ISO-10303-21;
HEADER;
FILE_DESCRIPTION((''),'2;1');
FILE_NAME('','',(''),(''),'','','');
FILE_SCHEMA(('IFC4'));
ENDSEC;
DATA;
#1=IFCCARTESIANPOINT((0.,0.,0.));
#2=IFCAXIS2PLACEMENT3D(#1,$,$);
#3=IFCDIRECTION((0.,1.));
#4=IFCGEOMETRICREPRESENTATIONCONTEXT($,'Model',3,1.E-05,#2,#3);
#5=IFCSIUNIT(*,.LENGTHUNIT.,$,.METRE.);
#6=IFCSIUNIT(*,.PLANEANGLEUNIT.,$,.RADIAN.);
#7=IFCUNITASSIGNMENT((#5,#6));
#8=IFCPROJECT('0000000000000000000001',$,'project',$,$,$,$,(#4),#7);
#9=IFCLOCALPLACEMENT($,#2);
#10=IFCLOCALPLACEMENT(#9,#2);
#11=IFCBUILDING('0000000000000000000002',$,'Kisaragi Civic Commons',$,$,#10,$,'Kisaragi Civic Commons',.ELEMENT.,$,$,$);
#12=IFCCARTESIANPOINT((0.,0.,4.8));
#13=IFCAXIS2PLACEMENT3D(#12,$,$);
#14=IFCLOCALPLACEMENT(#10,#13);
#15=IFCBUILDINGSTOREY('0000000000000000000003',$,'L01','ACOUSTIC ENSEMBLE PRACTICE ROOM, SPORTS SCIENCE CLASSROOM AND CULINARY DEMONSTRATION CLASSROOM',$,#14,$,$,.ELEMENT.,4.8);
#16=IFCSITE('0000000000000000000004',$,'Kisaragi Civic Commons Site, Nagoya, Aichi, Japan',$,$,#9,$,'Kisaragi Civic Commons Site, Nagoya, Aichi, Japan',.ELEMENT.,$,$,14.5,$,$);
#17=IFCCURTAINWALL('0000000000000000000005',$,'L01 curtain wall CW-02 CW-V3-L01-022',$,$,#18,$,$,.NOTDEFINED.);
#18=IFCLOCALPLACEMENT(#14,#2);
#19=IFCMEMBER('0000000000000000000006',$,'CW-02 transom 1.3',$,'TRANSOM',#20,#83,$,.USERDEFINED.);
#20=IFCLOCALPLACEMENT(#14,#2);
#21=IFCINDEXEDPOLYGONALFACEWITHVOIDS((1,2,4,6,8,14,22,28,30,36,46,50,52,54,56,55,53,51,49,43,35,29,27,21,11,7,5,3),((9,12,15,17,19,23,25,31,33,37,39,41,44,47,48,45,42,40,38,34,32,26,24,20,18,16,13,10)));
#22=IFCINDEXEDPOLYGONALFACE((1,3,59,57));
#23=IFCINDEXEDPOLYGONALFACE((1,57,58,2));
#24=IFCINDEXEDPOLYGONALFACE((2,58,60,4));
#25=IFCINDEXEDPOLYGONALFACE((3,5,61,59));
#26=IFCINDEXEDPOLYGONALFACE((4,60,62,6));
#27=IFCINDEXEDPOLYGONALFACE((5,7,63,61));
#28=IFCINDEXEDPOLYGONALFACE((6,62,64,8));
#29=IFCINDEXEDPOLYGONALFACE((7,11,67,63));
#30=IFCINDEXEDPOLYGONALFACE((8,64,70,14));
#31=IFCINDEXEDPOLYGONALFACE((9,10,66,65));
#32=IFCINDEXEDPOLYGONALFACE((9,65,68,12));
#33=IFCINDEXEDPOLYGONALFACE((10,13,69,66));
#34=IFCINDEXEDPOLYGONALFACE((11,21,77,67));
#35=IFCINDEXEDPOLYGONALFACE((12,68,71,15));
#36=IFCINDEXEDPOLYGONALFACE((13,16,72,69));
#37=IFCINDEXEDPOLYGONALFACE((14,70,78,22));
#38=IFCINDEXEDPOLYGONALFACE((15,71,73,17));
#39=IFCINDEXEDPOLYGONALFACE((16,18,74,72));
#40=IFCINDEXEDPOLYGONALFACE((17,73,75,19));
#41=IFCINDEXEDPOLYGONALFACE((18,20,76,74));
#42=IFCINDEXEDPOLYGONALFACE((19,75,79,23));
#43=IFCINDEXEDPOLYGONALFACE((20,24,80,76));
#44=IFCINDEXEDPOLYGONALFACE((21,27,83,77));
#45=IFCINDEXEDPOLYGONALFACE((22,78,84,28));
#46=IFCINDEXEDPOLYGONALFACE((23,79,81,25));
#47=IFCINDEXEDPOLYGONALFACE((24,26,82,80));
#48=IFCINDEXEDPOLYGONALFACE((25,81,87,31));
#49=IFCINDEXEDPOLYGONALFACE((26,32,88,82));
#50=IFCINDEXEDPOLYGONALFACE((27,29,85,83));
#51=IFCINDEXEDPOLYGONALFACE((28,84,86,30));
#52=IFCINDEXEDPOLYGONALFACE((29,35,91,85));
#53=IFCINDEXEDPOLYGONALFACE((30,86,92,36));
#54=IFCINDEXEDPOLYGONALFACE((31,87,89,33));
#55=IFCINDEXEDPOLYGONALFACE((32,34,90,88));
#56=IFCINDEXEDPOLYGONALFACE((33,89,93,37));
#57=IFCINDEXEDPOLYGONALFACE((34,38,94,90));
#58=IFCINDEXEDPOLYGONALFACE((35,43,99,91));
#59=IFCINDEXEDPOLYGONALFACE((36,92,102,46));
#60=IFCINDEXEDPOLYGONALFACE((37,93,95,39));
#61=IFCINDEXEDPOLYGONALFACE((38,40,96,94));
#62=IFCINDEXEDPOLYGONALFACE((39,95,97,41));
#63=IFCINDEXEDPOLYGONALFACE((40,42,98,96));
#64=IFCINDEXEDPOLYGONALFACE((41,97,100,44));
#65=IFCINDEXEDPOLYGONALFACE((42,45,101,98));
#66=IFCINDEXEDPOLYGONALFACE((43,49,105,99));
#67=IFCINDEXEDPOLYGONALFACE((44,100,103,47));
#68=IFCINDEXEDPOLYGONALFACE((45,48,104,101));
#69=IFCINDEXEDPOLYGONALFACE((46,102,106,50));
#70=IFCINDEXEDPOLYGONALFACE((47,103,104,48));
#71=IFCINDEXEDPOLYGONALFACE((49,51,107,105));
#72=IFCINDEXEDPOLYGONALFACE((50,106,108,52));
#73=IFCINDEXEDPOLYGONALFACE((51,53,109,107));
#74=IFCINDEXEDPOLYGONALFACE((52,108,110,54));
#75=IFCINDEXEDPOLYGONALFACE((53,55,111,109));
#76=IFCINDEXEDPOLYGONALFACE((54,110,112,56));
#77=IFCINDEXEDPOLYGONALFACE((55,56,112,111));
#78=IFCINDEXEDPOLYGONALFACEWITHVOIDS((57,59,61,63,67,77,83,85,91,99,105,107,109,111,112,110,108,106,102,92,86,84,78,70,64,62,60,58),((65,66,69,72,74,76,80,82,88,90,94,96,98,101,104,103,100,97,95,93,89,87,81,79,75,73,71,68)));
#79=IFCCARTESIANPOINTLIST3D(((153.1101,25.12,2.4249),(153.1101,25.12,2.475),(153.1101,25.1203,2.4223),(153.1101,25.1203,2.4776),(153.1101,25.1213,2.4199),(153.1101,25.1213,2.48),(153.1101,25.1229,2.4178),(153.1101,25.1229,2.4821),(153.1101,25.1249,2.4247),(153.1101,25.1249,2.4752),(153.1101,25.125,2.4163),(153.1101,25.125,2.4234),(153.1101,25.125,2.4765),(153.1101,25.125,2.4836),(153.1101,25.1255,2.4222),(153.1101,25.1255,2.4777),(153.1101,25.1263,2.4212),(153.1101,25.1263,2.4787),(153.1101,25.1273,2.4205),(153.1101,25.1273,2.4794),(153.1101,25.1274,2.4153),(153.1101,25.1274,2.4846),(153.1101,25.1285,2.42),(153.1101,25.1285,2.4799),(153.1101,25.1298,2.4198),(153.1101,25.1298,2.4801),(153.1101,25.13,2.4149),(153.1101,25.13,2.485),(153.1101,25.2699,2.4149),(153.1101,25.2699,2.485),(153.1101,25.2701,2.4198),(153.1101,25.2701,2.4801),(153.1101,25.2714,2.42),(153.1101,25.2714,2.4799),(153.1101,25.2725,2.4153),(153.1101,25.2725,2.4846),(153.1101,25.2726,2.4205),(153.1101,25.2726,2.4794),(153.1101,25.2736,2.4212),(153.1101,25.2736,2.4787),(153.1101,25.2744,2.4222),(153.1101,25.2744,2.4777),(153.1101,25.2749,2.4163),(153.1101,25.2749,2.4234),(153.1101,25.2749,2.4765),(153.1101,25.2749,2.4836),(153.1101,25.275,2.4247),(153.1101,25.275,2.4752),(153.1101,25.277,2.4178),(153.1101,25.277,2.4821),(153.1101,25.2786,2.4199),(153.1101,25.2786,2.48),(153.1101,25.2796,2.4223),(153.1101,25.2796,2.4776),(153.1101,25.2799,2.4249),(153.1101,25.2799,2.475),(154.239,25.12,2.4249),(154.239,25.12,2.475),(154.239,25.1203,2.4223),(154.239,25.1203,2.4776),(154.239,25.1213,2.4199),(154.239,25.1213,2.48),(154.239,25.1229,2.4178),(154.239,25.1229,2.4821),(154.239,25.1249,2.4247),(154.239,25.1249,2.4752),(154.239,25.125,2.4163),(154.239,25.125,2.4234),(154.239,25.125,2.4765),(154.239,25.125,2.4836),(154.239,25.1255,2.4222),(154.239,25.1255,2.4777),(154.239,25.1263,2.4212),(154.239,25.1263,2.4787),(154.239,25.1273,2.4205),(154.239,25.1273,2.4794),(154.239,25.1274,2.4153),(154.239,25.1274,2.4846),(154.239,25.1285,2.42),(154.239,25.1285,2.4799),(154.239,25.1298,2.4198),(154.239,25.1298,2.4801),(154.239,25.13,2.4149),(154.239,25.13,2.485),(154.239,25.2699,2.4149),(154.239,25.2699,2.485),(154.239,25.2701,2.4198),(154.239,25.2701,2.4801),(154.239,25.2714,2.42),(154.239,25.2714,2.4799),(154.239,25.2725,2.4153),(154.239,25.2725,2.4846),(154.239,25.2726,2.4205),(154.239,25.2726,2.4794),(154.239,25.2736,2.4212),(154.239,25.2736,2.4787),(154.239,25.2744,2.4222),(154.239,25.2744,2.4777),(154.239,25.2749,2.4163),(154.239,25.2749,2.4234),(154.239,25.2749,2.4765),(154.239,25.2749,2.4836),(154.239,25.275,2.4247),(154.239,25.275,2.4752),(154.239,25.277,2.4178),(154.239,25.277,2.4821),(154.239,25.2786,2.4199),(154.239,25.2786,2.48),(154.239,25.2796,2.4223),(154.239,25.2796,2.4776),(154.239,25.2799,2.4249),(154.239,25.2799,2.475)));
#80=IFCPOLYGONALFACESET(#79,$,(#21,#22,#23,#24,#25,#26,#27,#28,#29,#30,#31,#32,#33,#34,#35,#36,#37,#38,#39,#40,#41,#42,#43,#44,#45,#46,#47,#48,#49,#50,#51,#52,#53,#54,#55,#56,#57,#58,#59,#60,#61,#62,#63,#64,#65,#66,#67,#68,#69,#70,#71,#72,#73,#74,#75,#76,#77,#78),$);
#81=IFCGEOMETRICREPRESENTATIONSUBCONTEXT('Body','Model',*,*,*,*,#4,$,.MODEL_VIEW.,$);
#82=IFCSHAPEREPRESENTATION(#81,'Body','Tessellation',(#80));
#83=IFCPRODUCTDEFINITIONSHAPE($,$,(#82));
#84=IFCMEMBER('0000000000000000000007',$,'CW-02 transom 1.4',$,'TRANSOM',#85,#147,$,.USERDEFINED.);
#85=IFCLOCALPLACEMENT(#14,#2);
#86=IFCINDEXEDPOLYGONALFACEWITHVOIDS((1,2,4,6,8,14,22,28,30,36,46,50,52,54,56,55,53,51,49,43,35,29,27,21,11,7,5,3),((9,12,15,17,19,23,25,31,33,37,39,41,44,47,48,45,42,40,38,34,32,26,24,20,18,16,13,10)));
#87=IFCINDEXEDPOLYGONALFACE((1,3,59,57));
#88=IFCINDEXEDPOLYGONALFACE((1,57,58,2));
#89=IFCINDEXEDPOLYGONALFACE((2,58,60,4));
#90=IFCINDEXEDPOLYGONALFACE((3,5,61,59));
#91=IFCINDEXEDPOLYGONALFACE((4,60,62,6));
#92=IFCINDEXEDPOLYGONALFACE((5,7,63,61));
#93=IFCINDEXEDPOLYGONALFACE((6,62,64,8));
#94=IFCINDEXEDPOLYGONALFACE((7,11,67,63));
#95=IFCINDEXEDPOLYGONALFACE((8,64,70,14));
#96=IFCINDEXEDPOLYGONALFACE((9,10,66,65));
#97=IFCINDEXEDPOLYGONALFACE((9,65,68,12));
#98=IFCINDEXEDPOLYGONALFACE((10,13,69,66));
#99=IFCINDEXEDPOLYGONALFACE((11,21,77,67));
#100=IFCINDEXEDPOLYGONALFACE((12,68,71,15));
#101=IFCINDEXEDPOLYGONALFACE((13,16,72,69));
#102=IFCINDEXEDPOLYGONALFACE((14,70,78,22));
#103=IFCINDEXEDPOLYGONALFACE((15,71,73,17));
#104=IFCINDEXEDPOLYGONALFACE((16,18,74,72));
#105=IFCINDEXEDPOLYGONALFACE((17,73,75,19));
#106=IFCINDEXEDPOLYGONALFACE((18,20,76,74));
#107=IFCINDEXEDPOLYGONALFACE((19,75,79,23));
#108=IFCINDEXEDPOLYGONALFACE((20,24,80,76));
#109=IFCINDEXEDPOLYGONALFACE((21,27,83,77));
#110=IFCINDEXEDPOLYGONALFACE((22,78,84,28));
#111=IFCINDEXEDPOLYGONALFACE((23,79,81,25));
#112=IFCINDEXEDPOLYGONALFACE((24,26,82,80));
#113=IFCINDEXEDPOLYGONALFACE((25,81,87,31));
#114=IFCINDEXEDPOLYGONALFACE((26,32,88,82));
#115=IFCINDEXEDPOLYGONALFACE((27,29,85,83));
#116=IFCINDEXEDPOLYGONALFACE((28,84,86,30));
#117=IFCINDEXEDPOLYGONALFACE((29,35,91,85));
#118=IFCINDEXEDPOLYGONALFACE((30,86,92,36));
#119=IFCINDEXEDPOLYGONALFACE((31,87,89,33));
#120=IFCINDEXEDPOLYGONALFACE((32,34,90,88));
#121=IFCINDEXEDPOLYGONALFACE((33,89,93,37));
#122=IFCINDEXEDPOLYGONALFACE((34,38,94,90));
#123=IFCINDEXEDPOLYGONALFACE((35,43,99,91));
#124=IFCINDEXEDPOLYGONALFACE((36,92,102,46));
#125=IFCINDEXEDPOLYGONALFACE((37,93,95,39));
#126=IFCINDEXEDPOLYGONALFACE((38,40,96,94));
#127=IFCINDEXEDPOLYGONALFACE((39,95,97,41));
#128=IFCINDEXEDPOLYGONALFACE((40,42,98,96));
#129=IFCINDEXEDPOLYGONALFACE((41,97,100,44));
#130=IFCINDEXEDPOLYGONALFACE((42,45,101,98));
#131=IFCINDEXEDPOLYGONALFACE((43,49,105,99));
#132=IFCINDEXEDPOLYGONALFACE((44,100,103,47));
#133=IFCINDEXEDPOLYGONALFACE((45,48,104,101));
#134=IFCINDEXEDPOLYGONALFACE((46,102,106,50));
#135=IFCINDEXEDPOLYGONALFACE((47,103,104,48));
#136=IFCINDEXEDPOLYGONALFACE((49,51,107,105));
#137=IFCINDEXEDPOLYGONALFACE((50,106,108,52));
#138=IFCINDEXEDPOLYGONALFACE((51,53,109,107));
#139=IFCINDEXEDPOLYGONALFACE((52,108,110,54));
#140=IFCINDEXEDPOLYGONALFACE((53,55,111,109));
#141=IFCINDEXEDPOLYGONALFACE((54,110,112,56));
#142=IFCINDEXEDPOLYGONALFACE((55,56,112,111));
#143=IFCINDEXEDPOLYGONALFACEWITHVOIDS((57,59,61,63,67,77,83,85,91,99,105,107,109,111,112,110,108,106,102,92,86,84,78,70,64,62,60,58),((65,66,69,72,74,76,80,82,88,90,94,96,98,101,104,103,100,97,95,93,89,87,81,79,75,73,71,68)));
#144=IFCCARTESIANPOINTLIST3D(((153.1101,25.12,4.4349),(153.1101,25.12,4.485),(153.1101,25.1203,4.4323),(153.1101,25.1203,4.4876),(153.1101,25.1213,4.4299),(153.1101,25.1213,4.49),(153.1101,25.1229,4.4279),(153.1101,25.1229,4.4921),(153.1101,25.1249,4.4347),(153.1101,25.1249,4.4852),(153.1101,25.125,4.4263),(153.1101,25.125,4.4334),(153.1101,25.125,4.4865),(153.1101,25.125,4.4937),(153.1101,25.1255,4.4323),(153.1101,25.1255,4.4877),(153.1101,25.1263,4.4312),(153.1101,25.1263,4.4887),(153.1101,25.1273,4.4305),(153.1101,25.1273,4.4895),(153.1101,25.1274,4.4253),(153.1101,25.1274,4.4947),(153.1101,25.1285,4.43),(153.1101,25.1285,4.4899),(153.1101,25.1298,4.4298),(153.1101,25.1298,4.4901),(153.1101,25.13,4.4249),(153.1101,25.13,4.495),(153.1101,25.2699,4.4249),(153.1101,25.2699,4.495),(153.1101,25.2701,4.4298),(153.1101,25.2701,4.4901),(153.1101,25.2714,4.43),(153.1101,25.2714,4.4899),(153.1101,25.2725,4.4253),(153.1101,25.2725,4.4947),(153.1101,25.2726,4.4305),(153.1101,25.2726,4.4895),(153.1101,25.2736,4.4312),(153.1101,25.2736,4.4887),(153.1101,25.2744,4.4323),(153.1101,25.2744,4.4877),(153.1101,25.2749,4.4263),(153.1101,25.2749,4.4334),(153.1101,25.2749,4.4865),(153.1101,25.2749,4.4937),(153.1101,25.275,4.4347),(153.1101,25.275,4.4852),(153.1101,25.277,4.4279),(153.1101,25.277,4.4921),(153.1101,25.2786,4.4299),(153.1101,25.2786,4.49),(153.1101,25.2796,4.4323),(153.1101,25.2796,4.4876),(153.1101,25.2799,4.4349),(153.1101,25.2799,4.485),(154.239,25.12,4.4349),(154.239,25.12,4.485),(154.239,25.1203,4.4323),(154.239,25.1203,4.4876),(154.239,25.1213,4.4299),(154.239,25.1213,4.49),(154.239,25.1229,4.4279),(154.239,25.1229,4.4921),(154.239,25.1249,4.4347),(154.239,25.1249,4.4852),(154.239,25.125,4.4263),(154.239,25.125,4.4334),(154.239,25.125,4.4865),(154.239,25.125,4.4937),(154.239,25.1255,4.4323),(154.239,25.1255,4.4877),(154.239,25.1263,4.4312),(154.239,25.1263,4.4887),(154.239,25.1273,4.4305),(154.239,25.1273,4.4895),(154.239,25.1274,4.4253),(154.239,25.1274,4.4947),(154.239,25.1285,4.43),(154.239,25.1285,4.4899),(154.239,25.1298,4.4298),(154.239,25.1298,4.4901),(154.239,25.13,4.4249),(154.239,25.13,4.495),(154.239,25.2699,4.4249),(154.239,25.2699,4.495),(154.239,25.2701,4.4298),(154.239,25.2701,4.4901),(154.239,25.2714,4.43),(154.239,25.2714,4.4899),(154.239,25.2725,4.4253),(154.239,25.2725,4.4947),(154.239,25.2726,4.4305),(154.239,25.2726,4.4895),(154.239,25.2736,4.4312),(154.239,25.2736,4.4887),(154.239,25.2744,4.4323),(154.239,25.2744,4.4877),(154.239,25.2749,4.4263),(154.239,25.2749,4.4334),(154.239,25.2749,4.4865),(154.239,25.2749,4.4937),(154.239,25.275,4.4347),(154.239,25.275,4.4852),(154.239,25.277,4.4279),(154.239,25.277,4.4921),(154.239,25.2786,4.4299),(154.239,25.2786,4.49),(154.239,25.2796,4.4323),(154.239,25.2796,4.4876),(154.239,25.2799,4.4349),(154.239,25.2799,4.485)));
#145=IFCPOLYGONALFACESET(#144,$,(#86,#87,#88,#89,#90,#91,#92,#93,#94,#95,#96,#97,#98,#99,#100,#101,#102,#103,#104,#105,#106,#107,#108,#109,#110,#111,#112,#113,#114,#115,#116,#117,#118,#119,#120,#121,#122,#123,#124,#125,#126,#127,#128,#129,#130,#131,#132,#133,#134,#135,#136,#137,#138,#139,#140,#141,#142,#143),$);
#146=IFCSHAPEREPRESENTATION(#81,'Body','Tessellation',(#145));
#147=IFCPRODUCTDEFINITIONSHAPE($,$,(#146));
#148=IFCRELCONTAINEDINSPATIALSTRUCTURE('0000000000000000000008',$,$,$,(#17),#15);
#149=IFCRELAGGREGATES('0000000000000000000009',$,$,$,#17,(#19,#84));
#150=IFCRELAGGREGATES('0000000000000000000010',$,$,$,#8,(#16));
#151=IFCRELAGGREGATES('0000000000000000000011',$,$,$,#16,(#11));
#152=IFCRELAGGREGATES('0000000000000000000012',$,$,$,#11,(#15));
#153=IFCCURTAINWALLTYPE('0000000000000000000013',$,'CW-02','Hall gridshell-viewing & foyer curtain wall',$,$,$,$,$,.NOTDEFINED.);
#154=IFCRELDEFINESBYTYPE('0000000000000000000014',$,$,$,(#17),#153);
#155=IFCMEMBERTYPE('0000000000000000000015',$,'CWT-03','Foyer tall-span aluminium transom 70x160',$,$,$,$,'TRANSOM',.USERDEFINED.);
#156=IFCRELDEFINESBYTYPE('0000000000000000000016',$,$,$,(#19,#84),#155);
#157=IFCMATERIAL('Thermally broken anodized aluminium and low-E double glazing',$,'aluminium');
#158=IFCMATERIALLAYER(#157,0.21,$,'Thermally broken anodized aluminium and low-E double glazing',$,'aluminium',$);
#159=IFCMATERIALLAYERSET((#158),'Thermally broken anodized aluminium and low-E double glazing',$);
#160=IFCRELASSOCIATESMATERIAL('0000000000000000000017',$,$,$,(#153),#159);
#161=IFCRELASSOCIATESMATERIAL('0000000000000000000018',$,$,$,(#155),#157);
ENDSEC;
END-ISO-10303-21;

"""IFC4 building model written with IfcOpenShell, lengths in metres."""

from ifc_helpers import new_model, si_unit, direction, frame, origin, origin_2d, place, context, subcontext, project, spatial, hollow_rectangle, extrude, material, layer, layer_set, material_profile, profile_set, type_object, element, aggregate, save


model = new_model("IFC4")

# Units and contexts
model_context = context("Model", 3, precision=1e-05, world=origin(), true_north=direction((0.0, 1.0)))
body_context = subcontext(model_context, "Body", "Model", "MODEL_VIEW")
ifc_project = project(units=[si_unit("LENGTHUNIT", "METRE"), si_unit("PLANEANGLEUNIT", "RADIAN")], contexts=[model_context])

# Site, building, storey
site_placement = place(None, origin())
site = spatial("IfcSite", under=ifc_project, at=site_placement, Name="Kisaragi Civic Commons Site, Nagoya, Aichi, Japan", LongName="Kisaragi Civic Commons Site, Nagoya, Aichi, Japan", CompositionType="ELEMENT", RefElevation=14.5)
building_placement = place(site_placement, origin())
building = spatial("IfcBuilding", under=site, at=building_placement, Name="Kisaragi Civic Commons", LongName="Kisaragi Civic Commons", CompositionType="ELEMENT")
storey_placement = place(building_placement, frame((0.0, 0.0, 4.8)))
storey = spatial("IfcBuildingStorey", under=building, at=storey_placement, Name="L01", Description="ACOUSTIC ENSEMBLE PRACTICE ROOM, SPORTS SCIENCE CLASSROOM AND CULINARY DEMONSTRATION CLASSROOM", CompositionType="ELEMENT", Elevation=4.8)

# Curtain wall, members
ifc_material = material(Name="Thermally broken anodized aluminium and low-E double glazing", Category="aluminium")
ifc_layer_1 = layer(ifc_material, 0.21, Name="Thermally broken anodized aluminium and low-E double glazing", Category="aluminium")
ifc_layer_set_1 = layer_set([ifc_layer_1], Name="Thermally broken anodized aluminium and low-E double glazing")
curtain_wall_type = type_object("IfcCurtainWallType", Name="CW-02", Description="Hall gridshell-viewing & foyer curtain wall", PredefinedType="NOTDEFINED", material=ifc_layer_set_1)
curtain_wall_placement = place(storey_placement, origin())
curtain_wall = element("IfcCurtainWall", 1, at=curtain_wall_placement, inside=storey, type_object=curtain_wall_type, Name="L01 curtain wall CW-02 CW-V3-L01-022", PredefinedType="NOTDEFINED")
ifc_material_profile_1 = material_profile(ifc_material, hollow_rectangle(XDim=0.1599, YDim=0.0701, WallThickness=0.0049, InnerFilletRadius=0.0049, OuterFilletRadius=0.01, at=origin_2d()), Name="CWT-70x160x5", Category="aluminium")
ifc_profile_set_1 = profile_set([ifc_material_profile_1], Name="Thermally broken anodized aluminium and low-E double glazing")
member_type_1 = type_object("IfcMemberType", Name="CWT-03", Description="Foyer tall-span aluminium transom 70x160", ElementType="TRANSOM", PredefinedType="USERDEFINED", material=ifc_profile_set_1)
member_1_placement = place(storey_placement, frame((153.1101, 25.2, 2.45), z_axis=(1.0, 0.0, 0.0), x_axis=(0.0, 1.0, 0.0)))
member_1 = element("IfcMember", 2, at=member_1_placement, type_object=member_type_1, Name="CW-02 transom 1.3", ObjectType="TRANSOM", PredefinedType="USERDEFINED", context=body_context, shape_type="SweptSolid", body=[
    extrude(hollow_rectangle(XDim=0.1599, YDim=0.0701, WallThickness=0.0049, InnerFilletRadius=0.0049, OuterFilletRadius=0.01, at=origin_2d()), origin(), (0.0, 0.0, 1.0), 1.1289),
])
member_2_placement = place(storey_placement, frame((153.1101, 25.2, 4.46), z_axis=(1.0, 0.0, 0.0), x_axis=(0.0, 1.0, 0.0)))
member_2 = element("IfcMember", 3, at=member_2_placement, type_object=member_type_1, Name="CW-02 transom 1.4", ObjectType="TRANSOM", PredefinedType="USERDEFINED", context=body_context, shape_type="SweptSolid", body=[
    extrude(hollow_rectangle(XDim=0.1599, YDim=0.0701, WallThickness=0.0049, InnerFilletRadius=0.0049, OuterFilletRadius=0.01, at=origin_2d()), origin(), (0.0, 0.0, 1.0), 1.1289),
])
aggregate(curtain_wall, [member_1, member_2])

save(model, "model.ifc")
